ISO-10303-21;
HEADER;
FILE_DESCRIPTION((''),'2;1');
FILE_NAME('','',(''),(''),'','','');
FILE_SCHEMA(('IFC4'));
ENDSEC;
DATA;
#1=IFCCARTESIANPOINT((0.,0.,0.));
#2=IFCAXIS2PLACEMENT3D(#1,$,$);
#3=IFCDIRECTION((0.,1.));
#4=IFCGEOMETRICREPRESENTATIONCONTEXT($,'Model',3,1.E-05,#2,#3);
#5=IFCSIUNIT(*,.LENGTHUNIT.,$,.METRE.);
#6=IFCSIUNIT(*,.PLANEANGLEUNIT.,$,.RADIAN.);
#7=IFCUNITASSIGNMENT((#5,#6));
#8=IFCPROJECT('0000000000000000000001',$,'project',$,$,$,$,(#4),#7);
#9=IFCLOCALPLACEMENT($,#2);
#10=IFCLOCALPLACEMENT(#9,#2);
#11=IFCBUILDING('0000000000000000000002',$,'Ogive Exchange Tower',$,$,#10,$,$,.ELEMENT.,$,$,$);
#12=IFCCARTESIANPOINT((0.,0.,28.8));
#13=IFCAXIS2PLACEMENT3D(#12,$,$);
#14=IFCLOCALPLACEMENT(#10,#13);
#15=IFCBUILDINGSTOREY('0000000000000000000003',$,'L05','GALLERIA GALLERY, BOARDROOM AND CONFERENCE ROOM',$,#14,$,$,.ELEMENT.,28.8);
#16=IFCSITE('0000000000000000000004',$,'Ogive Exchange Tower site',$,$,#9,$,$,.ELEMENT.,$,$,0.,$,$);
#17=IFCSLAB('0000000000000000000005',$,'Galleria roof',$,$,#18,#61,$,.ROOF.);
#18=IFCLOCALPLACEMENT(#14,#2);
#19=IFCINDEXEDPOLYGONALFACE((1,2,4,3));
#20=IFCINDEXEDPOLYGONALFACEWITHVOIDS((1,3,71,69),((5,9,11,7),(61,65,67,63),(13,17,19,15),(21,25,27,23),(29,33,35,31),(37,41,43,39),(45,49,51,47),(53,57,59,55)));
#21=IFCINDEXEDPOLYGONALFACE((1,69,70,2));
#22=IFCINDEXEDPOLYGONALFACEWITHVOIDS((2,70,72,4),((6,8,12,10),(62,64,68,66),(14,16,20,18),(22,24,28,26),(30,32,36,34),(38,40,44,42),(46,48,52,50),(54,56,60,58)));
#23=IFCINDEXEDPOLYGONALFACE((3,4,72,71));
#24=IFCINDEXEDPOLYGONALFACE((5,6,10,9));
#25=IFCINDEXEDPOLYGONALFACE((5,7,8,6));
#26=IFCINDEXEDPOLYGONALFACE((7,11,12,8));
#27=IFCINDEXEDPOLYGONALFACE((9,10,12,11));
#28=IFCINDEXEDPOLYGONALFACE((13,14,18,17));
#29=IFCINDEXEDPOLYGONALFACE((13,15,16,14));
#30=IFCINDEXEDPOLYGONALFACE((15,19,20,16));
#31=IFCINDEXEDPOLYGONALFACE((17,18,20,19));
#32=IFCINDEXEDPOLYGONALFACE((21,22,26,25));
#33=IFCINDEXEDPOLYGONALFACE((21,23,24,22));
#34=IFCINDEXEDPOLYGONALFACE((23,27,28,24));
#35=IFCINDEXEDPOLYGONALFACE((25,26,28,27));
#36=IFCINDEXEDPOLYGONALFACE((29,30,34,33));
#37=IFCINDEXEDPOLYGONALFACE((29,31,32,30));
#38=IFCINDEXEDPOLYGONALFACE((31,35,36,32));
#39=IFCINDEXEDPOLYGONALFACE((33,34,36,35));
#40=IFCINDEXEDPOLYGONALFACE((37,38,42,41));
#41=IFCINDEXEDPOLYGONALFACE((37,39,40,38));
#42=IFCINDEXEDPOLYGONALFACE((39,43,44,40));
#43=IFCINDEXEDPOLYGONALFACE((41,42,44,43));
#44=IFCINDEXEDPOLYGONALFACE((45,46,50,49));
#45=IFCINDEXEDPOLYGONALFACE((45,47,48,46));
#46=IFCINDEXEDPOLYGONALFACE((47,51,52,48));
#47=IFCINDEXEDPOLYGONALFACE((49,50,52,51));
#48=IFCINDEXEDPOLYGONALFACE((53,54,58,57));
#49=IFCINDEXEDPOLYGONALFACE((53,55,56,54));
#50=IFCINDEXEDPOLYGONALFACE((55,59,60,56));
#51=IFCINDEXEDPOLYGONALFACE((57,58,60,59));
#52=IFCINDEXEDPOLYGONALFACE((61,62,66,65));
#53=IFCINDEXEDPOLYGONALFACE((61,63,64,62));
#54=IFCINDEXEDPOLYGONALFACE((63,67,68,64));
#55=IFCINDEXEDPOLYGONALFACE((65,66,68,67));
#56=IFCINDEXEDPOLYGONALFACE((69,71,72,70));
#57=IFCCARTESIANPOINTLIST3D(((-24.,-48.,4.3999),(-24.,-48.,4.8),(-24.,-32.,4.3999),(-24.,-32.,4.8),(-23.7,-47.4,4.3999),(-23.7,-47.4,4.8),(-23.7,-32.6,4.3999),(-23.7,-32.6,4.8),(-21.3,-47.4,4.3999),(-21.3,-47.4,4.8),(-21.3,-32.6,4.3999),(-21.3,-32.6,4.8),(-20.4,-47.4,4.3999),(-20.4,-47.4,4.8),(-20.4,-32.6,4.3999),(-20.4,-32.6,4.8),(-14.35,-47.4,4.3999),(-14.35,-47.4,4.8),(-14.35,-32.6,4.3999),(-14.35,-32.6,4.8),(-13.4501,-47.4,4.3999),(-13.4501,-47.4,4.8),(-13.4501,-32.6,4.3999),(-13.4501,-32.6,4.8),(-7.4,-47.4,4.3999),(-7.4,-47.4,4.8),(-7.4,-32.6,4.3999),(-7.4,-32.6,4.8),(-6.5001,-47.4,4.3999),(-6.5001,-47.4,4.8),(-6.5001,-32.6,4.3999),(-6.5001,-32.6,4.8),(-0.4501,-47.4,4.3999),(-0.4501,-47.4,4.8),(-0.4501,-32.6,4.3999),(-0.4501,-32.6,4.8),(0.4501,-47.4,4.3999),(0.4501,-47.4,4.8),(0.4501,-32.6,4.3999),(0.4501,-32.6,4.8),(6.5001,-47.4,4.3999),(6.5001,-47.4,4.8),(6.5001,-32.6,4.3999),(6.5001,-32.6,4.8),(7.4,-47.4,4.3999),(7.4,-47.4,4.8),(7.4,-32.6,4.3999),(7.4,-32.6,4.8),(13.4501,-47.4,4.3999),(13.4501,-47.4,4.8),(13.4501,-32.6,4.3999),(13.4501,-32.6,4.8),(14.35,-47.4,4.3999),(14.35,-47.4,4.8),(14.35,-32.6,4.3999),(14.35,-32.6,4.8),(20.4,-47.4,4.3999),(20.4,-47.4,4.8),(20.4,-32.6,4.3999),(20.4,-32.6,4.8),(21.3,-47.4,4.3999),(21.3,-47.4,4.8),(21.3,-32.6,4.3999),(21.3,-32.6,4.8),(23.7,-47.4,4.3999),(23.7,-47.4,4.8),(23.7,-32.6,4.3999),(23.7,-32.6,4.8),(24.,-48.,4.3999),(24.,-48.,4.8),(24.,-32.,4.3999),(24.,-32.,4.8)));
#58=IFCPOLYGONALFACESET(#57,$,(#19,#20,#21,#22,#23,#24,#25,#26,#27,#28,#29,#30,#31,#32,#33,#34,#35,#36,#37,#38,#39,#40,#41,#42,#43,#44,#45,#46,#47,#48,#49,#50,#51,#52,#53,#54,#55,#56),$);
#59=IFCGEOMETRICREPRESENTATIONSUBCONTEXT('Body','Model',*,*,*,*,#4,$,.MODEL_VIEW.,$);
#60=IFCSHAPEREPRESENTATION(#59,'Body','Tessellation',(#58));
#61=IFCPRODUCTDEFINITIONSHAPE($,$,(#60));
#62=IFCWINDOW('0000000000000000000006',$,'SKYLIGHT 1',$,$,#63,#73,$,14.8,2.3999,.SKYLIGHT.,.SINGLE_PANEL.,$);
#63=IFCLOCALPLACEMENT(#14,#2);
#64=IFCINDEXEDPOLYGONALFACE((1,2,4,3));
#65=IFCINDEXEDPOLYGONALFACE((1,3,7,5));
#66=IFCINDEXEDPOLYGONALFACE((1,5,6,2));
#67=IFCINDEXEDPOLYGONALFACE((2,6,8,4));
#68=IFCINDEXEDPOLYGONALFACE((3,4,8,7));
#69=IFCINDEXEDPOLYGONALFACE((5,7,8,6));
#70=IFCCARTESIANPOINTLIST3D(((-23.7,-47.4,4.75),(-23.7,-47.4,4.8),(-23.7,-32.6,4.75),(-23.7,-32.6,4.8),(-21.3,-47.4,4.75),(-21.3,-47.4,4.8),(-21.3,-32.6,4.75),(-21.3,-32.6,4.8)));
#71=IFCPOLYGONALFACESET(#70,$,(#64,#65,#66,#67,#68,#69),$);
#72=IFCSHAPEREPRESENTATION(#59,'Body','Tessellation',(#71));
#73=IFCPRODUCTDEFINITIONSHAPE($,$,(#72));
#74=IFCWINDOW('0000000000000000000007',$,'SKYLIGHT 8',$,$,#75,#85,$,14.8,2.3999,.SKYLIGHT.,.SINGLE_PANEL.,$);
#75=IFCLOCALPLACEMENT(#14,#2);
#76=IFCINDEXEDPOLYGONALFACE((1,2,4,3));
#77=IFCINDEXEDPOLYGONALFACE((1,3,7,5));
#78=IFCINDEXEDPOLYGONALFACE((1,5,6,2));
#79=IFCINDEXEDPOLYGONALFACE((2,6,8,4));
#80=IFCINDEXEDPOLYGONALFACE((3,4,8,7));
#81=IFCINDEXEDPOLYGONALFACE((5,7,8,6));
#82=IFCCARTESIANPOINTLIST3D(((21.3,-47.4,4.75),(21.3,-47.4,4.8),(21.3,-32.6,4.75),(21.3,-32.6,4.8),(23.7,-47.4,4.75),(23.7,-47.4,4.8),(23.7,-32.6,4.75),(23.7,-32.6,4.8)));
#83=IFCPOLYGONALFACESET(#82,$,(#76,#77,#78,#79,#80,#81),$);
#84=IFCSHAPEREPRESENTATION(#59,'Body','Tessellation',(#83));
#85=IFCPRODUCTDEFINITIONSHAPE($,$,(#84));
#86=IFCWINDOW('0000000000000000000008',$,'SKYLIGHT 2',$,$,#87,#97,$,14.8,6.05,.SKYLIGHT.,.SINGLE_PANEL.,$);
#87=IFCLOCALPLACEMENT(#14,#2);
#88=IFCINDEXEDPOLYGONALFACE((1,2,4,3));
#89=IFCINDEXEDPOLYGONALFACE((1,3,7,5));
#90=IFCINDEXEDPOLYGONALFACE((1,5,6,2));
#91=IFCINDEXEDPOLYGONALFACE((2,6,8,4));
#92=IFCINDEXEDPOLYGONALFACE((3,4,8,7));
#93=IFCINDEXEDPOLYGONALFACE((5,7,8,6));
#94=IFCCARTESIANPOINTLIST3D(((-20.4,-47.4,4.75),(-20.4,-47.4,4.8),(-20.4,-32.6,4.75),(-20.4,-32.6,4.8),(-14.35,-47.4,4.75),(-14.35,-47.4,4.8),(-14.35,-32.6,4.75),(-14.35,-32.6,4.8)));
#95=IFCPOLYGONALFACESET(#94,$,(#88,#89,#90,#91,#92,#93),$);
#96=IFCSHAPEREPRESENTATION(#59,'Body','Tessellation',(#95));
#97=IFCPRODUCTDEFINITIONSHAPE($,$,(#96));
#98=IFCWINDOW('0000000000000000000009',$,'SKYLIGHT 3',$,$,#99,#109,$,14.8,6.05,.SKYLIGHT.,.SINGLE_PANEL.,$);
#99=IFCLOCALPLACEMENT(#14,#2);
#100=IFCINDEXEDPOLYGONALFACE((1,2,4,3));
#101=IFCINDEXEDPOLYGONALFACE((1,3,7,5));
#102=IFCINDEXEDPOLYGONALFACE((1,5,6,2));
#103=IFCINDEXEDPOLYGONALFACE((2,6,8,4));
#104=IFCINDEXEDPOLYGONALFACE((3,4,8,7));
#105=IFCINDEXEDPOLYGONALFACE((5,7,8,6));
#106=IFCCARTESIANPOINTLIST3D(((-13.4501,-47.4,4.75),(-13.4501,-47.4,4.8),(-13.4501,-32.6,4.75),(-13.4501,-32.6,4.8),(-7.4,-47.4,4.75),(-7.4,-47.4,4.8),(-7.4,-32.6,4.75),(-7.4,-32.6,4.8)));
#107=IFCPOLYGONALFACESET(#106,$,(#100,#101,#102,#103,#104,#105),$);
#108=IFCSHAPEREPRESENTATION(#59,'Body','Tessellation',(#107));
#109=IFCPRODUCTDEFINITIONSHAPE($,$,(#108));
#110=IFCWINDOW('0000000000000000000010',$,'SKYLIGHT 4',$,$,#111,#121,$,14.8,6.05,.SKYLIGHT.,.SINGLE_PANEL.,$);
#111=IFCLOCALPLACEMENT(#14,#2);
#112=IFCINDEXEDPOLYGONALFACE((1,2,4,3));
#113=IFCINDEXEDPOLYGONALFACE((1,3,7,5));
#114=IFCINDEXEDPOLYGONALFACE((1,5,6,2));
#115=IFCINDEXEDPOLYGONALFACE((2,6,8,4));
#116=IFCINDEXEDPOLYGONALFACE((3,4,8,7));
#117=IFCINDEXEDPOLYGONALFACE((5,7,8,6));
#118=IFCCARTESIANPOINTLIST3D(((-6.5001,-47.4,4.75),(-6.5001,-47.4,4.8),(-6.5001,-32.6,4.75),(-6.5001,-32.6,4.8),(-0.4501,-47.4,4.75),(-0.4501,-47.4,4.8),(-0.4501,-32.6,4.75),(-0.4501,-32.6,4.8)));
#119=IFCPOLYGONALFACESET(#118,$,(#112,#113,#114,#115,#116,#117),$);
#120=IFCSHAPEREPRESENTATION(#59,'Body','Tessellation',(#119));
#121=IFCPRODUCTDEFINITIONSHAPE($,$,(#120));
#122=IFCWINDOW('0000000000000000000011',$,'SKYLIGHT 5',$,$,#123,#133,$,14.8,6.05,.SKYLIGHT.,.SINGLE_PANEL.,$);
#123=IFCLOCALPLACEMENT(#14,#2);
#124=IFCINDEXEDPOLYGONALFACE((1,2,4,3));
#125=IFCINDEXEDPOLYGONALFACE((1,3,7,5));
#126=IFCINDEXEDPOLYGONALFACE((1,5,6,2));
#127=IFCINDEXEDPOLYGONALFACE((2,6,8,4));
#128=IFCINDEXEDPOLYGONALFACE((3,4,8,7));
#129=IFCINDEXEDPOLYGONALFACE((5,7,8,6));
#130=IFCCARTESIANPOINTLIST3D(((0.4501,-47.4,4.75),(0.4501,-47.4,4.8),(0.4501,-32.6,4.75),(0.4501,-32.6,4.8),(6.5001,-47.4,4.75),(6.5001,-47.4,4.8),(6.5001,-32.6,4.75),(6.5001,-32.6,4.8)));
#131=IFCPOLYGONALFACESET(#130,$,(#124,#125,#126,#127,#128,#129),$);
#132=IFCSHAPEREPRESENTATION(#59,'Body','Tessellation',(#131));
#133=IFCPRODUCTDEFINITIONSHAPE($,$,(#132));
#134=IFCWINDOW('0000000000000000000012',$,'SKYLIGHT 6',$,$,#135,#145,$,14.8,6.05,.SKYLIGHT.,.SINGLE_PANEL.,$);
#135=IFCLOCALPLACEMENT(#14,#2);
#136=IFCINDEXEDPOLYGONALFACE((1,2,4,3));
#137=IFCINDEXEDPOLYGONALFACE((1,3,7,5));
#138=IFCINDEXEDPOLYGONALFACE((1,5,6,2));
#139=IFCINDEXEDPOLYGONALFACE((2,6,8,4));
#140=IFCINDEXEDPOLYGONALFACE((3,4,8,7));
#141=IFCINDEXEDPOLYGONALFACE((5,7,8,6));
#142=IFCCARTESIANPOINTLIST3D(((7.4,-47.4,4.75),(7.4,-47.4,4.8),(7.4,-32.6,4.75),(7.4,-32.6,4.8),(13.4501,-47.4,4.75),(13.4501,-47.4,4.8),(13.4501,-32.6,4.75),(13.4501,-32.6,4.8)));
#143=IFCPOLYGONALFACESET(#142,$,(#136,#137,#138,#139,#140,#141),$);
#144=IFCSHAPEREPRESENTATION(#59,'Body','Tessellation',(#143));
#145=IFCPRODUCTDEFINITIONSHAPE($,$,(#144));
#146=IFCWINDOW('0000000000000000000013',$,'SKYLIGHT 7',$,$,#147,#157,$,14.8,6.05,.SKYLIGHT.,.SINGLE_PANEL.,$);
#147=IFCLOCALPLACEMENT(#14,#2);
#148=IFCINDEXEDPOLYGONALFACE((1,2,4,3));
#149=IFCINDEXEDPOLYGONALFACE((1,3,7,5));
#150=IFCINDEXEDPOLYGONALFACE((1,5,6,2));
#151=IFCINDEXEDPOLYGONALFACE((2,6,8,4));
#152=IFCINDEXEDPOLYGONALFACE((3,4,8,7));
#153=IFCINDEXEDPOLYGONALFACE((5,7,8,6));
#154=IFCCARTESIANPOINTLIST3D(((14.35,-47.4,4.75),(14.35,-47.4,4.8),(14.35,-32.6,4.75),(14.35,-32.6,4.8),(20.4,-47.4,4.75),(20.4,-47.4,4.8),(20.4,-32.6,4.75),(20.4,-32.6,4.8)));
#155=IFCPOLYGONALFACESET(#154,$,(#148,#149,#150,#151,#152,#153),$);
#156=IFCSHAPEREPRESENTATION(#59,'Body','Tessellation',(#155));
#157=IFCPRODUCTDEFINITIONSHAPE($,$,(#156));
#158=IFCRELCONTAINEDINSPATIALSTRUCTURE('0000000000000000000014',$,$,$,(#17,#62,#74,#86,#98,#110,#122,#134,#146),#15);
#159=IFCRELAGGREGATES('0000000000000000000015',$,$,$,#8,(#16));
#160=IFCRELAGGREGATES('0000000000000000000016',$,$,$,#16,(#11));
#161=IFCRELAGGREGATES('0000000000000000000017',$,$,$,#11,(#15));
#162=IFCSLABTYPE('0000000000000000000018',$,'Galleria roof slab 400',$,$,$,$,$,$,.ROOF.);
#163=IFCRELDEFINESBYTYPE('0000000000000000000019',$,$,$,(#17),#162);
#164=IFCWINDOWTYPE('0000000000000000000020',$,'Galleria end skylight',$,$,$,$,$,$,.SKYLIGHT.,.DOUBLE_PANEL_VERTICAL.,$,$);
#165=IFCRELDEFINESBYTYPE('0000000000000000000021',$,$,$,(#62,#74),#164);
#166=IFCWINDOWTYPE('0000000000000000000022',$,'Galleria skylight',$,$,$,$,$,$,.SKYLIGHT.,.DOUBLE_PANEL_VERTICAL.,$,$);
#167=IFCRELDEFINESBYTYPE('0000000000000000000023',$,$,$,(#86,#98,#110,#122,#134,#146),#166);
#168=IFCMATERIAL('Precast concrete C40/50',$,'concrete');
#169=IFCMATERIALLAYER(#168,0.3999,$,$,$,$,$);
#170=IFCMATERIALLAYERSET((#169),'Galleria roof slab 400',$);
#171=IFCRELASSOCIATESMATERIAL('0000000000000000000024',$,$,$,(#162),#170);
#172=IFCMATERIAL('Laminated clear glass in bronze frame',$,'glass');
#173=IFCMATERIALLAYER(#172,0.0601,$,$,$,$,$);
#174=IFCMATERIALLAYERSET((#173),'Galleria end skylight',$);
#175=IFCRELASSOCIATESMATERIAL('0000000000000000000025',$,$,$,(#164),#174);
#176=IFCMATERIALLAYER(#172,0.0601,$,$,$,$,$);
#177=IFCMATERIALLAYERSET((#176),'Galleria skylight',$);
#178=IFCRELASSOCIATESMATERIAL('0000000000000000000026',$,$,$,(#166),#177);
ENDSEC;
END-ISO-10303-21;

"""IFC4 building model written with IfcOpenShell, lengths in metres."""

from ifc_helpers import new_model, si_unit, direction, frame, origin, origin_2d, place, context, subcontext, project, spatial, polyline, rectangle, outline, extrude, material, layer, layer_set, type_object, element, fill, save


model = new_model("IFC4")

# Units and contexts
model_context = context("Model", 3, precision=1e-05, world=origin(), true_north=direction((0.0, 1.0)))
body_context = subcontext(model_context, "Body", "Model", "MODEL_VIEW")
ifc_project = project(units=[si_unit("LENGTHUNIT", "METRE"), si_unit("PLANEANGLEUNIT", "RADIAN")], contexts=[model_context])

# Site, building, storey
site_placement = place(None, origin())
site = spatial("IfcSite", under=ifc_project, at=site_placement, Name="Ogive Exchange Tower site", CompositionType="ELEMENT", RefElevation=0.0)
building_placement = place(site_placement, origin())
building = spatial("IfcBuilding", under=site, at=building_placement, Name="Ogive Exchange Tower", CompositionType="ELEMENT")
storey_placement = place(building_placement, frame((0.0, 0.0, 28.8)))
storey = spatial("IfcBuildingStorey", under=building, at=storey_placement, Name="L05", Description="GALLERIA GALLERY, BOARDROOM AND CONFERENCE ROOM", CompositionType="ELEMENT", Elevation=28.8)

# Slab, openings, windows
ifc_material_1 = material(Name="Precast concrete C40/50", Category="concrete")
ifc_layer_1 = layer(ifc_material_1, 0.3999)
ifc_layer_set_1 = layer_set([ifc_layer_1], Name="Galleria roof slab 400")
slab_type_1 = type_object("IfcSlabType", Name="Galleria roof slab 400", PredefinedType="ROOF", material=ifc_layer_set_1)
slab_1_placement = place(storey_placement, frame((0.0, 0.0, 4.3999)))
slab_1 = element("IfcSlab", 1, at=slab_1_placement, inside=storey, type_object=slab_type_1, Name="Galleria roof", PredefinedType="ROOF", context=body_context, shape_type="SweptSolid", body=[
    extrude(outline(polyline([(-24.0, -48.0), (24.0, -48.0), (24.0, -32.0), (-24.0, -32.0), (-24.0, -48.0)])), origin(), (0.0, 0.0, 1.0), 0.4001),
])
opening_1_placement = place(slab_1_placement, frame((-22.5, -40.0, 0.0)))
opening_1 = element("IfcOpeningElement", 2, at=opening_1_placement, cuts=slab_1, PredefinedType="OPENING", context=body_context, shape_type="SweptSolid", body=[
    extrude(rectangle(XDim=2.3999, YDim=14.8, at=origin_2d()), frame((0.0, 0.0, -0.01)), (0.0, 0.0, 1.0), 0.4202),
])
opening_2_placement = place(slab_1_placement, frame((-17.375, -40.0, 0.0)))
opening_2 = element("IfcOpeningElement", 3, at=opening_2_placement, cuts=slab_1, PredefinedType="OPENING", context=body_context, shape_type="SweptSolid", body=[
    extrude(rectangle(XDim=6.05, YDim=14.8, at=origin_2d()), frame((0.0, 0.0, -0.01)), (0.0, 0.0, 1.0), 0.4202),
])
opening_3_placement = place(slab_1_placement, frame((-10.425, -40.0, 0.0)))
opening_3 = element("IfcOpeningElement", 4, at=opening_3_placement, cuts=slab_1, PredefinedType="OPENING", context=body_context, shape_type="SweptSolid", body=[
    extrude(rectangle(XDim=6.05, YDim=14.8, at=origin_2d()), frame((0.0, 0.0, -0.01)), (0.0, 0.0, 1.0), 0.4202),
])
opening_4_placement = place(slab_1_placement, frame((-3.4751, -40.0, 0.0)))
opening_4 = element("IfcOpeningElement", 5, at=opening_4_placement, cuts=slab_1, PredefinedType="OPENING", context=body_context, shape_type="SweptSolid", body=[
    extrude(rectangle(XDim=6.05, YDim=14.8, at=origin_2d()), frame((0.0, 0.0, -0.01)), (0.0, 0.0, 1.0), 0.4202),
])
opening_5_placement = place(slab_1_placement, frame((3.4751, -40.0, 0.0)))
opening_5 = element("IfcOpeningElement", 6, at=opening_5_placement, cuts=slab_1, PredefinedType="OPENING", context=body_context, shape_type="SweptSolid", body=[
    extrude(rectangle(XDim=6.05, YDim=14.8, at=origin_2d()), frame((0.0, 0.0, -0.01)), (0.0, 0.0, 1.0), 0.4202),
])
opening_6_placement = place(slab_1_placement, frame((10.425, -40.0, 0.0)))
opening_6 = element("IfcOpeningElement", 7, at=opening_6_placement, cuts=slab_1, PredefinedType="OPENING", context=body_context, shape_type="SweptSolid", body=[
    extrude(rectangle(XDim=6.05, YDim=14.8, at=origin_2d()), frame((0.0, 0.0, -0.01)), (0.0, 0.0, 1.0), 0.4202),
])
opening_7_placement = place(slab_1_placement, frame((17.375, -40.0, 0.0)))
opening_7 = element("IfcOpeningElement", 8, at=opening_7_placement, cuts=slab_1, PredefinedType="OPENING", context=body_context, shape_type="SweptSolid", body=[
    extrude(rectangle(XDim=6.05, YDim=14.8, at=origin_2d()), frame((0.0, 0.0, -0.01)), (0.0, 0.0, 1.0), 0.4202),
])
opening_8_placement = place(slab_1_placement, frame((22.5, -40.0, 0.0)))
opening_8 = element("IfcOpeningElement", 9, at=opening_8_placement, cuts=slab_1, PredefinedType="OPENING", context=body_context, shape_type="SweptSolid", body=[
    extrude(rectangle(XDim=2.3999, YDim=14.8, at=origin_2d()), frame((0.0, 0.0, -0.01)), (0.0, 0.0, 1.0), 0.4202),
])
ifc_material_2 = material(Name="Laminated clear glass in bronze frame", Category="glass")
ifc_layer_2 = layer(ifc_material_2, 0.0601)
ifc_layer_set_2 = layer_set([ifc_layer_2], Name="Galleria end skylight")
window_type_1 = type_object("IfcWindowType", Name="Galleria end skylight", PartitioningType="DOUBLE_PANEL_VERTICAL", PredefinedType="SKYLIGHT", material=ifc_layer_set_2)
window_1_placement = place(opening_1_placement, frame((0.0, 0.0, 0.3501)))
window_1 = element("IfcWindow", 10, at=window_1_placement, inside=storey, type_object=window_type_1, Name="SKYLIGHT 1", OverallHeight=14.8, OverallWidth=2.3999, PartitioningType="SINGLE_PANEL", PredefinedType="SKYLIGHT", context=body_context, shape_type="SweptSolid", body=[
    extrude(rectangle(XDim=2.3999, YDim=14.8, at=origin_2d()), origin(), (0.0, 0.0, 1.0), 0.05),
])
fill(opening_1, window_1)
window_2_placement = place(opening_8_placement, frame((0.0, 0.0, 0.3501)))
window_2 = element("IfcWindow", 11, at=window_2_placement, inside=storey, type_object=window_type_1, Name="SKYLIGHT 8", OverallHeight=14.8, OverallWidth=2.3999, PartitioningType="SINGLE_PANEL", PredefinedType="SKYLIGHT", context=body_context, shape_type="SweptSolid", body=[
    extrude(rectangle(XDim=2.3999, YDim=14.8, at=origin_2d()), origin(), (0.0, 0.0, 1.0), 0.05),
])
fill(opening_8, window_2)
ifc_layer_3 = layer(ifc_material_2, 0.0601)
ifc_layer_set_3 = layer_set([ifc_layer_3], Name="Galleria skylight")
window_type_2 = type_object("IfcWindowType", Name="Galleria skylight", PartitioningType="DOUBLE_PANEL_VERTICAL", PredefinedType="SKYLIGHT", material=ifc_layer_set_3)
window_3_placement = place(opening_2_placement, frame((0.0, 0.0, 0.3501)))
window_3 = element("IfcWindow", 12, at=window_3_placement, inside=storey, type_object=window_type_2, Name="SKYLIGHT 2", OverallHeight=14.8, OverallWidth=6.05, PartitioningType="SINGLE_PANEL", PredefinedType="SKYLIGHT", context=body_context, shape_type="SweptSolid", body=[
    extrude(rectangle(XDim=6.05, YDim=14.8, at=origin_2d()), origin(), (0.0, 0.0, 1.0), 0.05),
])
fill(opening_2, window_3)
window_4_placement = place(opening_3_placement, frame((0.0, 0.0, 0.3501)))
window_4 = element("IfcWindow", 13, at=window_4_placement, inside=storey, type_object=window_type_2, Name="SKYLIGHT 3", OverallHeight=14.8, OverallWidth=6.05, PartitioningType="SINGLE_PANEL", PredefinedType="SKYLIGHT", context=body_context, shape_type="SweptSolid", body=[
    extrude(rectangle(XDim=6.05, YDim=14.8, at=origin_2d()), origin(), (0.0, 0.0, 1.0), 0.05),
])
fill(opening_3, window_4)
window_5_placement = place(opening_4_placement, frame((0.0, 0.0, 0.3501)))
window_5 = element("IfcWindow", 14, at=window_5_placement, inside=storey, type_object=window_type_2, Name="SKYLIGHT 4", OverallHeight=14.8, OverallWidth=6.05, PartitioningType="SINGLE_PANEL", PredefinedType="SKYLIGHT", context=body_context, shape_type="SweptSolid", body=[
    extrude(rectangle(XDim=6.05, YDim=14.8, at=origin_2d()), origin(), (0.0, 0.0, 1.0), 0.05),
])
fill(opening_4, window_5)
window_6_placement = place(opening_5_placement, frame((0.0, 0.0, 0.3501)))
window_6 = element("IfcWindow", 15, at=window_6_placement, inside=storey, type_object=window_type_2, Name="SKYLIGHT 5", OverallHeight=14.8, OverallWidth=6.05, PartitioningType="SINGLE_PANEL", PredefinedType="SKYLIGHT", context=body_context, shape_type="SweptSolid", body=[
    extrude(rectangle(XDim=6.05, YDim=14.8, at=origin_2d()), origin(), (0.0, 0.0, 1.0), 0.05),
])
fill(opening_5, window_6)
window_7_placement = place(opening_6_placement, frame((0.0, 0.0, 0.3501)))
window_7 = element("IfcWindow", 16, at=window_7_placement, inside=storey, type_object=window_type_2, Name="SKYLIGHT 6", OverallHeight=14.8, OverallWidth=6.05, PartitioningType="SINGLE_PANEL", PredefinedType="SKYLIGHT", context=body_context, shape_type="SweptSolid", body=[
    extrude(rectangle(XDim=6.05, YDim=14.8, at=origin_2d()), origin(), (0.0, 0.0, 1.0), 0.05),
])
fill(opening_6, window_7)
window_8_placement = place(opening_7_placement, frame((0.0, 0.0, 0.3501)))
window_8 = element("IfcWindow", 17, at=window_8_placement, inside=storey, type_object=window_type_2, Name="SKYLIGHT 7", OverallHeight=14.8, OverallWidth=6.05, PartitioningType="SINGLE_PANEL", PredefinedType="SKYLIGHT", context=body_context, shape_type="SweptSolid", body=[
    extrude(rectangle(XDim=6.05, YDim=14.8, at=origin_2d()), origin(), (0.0, 0.0, 1.0), 0.05),
])
fill(opening_7, window_8)

save(model, "model.ifc")
